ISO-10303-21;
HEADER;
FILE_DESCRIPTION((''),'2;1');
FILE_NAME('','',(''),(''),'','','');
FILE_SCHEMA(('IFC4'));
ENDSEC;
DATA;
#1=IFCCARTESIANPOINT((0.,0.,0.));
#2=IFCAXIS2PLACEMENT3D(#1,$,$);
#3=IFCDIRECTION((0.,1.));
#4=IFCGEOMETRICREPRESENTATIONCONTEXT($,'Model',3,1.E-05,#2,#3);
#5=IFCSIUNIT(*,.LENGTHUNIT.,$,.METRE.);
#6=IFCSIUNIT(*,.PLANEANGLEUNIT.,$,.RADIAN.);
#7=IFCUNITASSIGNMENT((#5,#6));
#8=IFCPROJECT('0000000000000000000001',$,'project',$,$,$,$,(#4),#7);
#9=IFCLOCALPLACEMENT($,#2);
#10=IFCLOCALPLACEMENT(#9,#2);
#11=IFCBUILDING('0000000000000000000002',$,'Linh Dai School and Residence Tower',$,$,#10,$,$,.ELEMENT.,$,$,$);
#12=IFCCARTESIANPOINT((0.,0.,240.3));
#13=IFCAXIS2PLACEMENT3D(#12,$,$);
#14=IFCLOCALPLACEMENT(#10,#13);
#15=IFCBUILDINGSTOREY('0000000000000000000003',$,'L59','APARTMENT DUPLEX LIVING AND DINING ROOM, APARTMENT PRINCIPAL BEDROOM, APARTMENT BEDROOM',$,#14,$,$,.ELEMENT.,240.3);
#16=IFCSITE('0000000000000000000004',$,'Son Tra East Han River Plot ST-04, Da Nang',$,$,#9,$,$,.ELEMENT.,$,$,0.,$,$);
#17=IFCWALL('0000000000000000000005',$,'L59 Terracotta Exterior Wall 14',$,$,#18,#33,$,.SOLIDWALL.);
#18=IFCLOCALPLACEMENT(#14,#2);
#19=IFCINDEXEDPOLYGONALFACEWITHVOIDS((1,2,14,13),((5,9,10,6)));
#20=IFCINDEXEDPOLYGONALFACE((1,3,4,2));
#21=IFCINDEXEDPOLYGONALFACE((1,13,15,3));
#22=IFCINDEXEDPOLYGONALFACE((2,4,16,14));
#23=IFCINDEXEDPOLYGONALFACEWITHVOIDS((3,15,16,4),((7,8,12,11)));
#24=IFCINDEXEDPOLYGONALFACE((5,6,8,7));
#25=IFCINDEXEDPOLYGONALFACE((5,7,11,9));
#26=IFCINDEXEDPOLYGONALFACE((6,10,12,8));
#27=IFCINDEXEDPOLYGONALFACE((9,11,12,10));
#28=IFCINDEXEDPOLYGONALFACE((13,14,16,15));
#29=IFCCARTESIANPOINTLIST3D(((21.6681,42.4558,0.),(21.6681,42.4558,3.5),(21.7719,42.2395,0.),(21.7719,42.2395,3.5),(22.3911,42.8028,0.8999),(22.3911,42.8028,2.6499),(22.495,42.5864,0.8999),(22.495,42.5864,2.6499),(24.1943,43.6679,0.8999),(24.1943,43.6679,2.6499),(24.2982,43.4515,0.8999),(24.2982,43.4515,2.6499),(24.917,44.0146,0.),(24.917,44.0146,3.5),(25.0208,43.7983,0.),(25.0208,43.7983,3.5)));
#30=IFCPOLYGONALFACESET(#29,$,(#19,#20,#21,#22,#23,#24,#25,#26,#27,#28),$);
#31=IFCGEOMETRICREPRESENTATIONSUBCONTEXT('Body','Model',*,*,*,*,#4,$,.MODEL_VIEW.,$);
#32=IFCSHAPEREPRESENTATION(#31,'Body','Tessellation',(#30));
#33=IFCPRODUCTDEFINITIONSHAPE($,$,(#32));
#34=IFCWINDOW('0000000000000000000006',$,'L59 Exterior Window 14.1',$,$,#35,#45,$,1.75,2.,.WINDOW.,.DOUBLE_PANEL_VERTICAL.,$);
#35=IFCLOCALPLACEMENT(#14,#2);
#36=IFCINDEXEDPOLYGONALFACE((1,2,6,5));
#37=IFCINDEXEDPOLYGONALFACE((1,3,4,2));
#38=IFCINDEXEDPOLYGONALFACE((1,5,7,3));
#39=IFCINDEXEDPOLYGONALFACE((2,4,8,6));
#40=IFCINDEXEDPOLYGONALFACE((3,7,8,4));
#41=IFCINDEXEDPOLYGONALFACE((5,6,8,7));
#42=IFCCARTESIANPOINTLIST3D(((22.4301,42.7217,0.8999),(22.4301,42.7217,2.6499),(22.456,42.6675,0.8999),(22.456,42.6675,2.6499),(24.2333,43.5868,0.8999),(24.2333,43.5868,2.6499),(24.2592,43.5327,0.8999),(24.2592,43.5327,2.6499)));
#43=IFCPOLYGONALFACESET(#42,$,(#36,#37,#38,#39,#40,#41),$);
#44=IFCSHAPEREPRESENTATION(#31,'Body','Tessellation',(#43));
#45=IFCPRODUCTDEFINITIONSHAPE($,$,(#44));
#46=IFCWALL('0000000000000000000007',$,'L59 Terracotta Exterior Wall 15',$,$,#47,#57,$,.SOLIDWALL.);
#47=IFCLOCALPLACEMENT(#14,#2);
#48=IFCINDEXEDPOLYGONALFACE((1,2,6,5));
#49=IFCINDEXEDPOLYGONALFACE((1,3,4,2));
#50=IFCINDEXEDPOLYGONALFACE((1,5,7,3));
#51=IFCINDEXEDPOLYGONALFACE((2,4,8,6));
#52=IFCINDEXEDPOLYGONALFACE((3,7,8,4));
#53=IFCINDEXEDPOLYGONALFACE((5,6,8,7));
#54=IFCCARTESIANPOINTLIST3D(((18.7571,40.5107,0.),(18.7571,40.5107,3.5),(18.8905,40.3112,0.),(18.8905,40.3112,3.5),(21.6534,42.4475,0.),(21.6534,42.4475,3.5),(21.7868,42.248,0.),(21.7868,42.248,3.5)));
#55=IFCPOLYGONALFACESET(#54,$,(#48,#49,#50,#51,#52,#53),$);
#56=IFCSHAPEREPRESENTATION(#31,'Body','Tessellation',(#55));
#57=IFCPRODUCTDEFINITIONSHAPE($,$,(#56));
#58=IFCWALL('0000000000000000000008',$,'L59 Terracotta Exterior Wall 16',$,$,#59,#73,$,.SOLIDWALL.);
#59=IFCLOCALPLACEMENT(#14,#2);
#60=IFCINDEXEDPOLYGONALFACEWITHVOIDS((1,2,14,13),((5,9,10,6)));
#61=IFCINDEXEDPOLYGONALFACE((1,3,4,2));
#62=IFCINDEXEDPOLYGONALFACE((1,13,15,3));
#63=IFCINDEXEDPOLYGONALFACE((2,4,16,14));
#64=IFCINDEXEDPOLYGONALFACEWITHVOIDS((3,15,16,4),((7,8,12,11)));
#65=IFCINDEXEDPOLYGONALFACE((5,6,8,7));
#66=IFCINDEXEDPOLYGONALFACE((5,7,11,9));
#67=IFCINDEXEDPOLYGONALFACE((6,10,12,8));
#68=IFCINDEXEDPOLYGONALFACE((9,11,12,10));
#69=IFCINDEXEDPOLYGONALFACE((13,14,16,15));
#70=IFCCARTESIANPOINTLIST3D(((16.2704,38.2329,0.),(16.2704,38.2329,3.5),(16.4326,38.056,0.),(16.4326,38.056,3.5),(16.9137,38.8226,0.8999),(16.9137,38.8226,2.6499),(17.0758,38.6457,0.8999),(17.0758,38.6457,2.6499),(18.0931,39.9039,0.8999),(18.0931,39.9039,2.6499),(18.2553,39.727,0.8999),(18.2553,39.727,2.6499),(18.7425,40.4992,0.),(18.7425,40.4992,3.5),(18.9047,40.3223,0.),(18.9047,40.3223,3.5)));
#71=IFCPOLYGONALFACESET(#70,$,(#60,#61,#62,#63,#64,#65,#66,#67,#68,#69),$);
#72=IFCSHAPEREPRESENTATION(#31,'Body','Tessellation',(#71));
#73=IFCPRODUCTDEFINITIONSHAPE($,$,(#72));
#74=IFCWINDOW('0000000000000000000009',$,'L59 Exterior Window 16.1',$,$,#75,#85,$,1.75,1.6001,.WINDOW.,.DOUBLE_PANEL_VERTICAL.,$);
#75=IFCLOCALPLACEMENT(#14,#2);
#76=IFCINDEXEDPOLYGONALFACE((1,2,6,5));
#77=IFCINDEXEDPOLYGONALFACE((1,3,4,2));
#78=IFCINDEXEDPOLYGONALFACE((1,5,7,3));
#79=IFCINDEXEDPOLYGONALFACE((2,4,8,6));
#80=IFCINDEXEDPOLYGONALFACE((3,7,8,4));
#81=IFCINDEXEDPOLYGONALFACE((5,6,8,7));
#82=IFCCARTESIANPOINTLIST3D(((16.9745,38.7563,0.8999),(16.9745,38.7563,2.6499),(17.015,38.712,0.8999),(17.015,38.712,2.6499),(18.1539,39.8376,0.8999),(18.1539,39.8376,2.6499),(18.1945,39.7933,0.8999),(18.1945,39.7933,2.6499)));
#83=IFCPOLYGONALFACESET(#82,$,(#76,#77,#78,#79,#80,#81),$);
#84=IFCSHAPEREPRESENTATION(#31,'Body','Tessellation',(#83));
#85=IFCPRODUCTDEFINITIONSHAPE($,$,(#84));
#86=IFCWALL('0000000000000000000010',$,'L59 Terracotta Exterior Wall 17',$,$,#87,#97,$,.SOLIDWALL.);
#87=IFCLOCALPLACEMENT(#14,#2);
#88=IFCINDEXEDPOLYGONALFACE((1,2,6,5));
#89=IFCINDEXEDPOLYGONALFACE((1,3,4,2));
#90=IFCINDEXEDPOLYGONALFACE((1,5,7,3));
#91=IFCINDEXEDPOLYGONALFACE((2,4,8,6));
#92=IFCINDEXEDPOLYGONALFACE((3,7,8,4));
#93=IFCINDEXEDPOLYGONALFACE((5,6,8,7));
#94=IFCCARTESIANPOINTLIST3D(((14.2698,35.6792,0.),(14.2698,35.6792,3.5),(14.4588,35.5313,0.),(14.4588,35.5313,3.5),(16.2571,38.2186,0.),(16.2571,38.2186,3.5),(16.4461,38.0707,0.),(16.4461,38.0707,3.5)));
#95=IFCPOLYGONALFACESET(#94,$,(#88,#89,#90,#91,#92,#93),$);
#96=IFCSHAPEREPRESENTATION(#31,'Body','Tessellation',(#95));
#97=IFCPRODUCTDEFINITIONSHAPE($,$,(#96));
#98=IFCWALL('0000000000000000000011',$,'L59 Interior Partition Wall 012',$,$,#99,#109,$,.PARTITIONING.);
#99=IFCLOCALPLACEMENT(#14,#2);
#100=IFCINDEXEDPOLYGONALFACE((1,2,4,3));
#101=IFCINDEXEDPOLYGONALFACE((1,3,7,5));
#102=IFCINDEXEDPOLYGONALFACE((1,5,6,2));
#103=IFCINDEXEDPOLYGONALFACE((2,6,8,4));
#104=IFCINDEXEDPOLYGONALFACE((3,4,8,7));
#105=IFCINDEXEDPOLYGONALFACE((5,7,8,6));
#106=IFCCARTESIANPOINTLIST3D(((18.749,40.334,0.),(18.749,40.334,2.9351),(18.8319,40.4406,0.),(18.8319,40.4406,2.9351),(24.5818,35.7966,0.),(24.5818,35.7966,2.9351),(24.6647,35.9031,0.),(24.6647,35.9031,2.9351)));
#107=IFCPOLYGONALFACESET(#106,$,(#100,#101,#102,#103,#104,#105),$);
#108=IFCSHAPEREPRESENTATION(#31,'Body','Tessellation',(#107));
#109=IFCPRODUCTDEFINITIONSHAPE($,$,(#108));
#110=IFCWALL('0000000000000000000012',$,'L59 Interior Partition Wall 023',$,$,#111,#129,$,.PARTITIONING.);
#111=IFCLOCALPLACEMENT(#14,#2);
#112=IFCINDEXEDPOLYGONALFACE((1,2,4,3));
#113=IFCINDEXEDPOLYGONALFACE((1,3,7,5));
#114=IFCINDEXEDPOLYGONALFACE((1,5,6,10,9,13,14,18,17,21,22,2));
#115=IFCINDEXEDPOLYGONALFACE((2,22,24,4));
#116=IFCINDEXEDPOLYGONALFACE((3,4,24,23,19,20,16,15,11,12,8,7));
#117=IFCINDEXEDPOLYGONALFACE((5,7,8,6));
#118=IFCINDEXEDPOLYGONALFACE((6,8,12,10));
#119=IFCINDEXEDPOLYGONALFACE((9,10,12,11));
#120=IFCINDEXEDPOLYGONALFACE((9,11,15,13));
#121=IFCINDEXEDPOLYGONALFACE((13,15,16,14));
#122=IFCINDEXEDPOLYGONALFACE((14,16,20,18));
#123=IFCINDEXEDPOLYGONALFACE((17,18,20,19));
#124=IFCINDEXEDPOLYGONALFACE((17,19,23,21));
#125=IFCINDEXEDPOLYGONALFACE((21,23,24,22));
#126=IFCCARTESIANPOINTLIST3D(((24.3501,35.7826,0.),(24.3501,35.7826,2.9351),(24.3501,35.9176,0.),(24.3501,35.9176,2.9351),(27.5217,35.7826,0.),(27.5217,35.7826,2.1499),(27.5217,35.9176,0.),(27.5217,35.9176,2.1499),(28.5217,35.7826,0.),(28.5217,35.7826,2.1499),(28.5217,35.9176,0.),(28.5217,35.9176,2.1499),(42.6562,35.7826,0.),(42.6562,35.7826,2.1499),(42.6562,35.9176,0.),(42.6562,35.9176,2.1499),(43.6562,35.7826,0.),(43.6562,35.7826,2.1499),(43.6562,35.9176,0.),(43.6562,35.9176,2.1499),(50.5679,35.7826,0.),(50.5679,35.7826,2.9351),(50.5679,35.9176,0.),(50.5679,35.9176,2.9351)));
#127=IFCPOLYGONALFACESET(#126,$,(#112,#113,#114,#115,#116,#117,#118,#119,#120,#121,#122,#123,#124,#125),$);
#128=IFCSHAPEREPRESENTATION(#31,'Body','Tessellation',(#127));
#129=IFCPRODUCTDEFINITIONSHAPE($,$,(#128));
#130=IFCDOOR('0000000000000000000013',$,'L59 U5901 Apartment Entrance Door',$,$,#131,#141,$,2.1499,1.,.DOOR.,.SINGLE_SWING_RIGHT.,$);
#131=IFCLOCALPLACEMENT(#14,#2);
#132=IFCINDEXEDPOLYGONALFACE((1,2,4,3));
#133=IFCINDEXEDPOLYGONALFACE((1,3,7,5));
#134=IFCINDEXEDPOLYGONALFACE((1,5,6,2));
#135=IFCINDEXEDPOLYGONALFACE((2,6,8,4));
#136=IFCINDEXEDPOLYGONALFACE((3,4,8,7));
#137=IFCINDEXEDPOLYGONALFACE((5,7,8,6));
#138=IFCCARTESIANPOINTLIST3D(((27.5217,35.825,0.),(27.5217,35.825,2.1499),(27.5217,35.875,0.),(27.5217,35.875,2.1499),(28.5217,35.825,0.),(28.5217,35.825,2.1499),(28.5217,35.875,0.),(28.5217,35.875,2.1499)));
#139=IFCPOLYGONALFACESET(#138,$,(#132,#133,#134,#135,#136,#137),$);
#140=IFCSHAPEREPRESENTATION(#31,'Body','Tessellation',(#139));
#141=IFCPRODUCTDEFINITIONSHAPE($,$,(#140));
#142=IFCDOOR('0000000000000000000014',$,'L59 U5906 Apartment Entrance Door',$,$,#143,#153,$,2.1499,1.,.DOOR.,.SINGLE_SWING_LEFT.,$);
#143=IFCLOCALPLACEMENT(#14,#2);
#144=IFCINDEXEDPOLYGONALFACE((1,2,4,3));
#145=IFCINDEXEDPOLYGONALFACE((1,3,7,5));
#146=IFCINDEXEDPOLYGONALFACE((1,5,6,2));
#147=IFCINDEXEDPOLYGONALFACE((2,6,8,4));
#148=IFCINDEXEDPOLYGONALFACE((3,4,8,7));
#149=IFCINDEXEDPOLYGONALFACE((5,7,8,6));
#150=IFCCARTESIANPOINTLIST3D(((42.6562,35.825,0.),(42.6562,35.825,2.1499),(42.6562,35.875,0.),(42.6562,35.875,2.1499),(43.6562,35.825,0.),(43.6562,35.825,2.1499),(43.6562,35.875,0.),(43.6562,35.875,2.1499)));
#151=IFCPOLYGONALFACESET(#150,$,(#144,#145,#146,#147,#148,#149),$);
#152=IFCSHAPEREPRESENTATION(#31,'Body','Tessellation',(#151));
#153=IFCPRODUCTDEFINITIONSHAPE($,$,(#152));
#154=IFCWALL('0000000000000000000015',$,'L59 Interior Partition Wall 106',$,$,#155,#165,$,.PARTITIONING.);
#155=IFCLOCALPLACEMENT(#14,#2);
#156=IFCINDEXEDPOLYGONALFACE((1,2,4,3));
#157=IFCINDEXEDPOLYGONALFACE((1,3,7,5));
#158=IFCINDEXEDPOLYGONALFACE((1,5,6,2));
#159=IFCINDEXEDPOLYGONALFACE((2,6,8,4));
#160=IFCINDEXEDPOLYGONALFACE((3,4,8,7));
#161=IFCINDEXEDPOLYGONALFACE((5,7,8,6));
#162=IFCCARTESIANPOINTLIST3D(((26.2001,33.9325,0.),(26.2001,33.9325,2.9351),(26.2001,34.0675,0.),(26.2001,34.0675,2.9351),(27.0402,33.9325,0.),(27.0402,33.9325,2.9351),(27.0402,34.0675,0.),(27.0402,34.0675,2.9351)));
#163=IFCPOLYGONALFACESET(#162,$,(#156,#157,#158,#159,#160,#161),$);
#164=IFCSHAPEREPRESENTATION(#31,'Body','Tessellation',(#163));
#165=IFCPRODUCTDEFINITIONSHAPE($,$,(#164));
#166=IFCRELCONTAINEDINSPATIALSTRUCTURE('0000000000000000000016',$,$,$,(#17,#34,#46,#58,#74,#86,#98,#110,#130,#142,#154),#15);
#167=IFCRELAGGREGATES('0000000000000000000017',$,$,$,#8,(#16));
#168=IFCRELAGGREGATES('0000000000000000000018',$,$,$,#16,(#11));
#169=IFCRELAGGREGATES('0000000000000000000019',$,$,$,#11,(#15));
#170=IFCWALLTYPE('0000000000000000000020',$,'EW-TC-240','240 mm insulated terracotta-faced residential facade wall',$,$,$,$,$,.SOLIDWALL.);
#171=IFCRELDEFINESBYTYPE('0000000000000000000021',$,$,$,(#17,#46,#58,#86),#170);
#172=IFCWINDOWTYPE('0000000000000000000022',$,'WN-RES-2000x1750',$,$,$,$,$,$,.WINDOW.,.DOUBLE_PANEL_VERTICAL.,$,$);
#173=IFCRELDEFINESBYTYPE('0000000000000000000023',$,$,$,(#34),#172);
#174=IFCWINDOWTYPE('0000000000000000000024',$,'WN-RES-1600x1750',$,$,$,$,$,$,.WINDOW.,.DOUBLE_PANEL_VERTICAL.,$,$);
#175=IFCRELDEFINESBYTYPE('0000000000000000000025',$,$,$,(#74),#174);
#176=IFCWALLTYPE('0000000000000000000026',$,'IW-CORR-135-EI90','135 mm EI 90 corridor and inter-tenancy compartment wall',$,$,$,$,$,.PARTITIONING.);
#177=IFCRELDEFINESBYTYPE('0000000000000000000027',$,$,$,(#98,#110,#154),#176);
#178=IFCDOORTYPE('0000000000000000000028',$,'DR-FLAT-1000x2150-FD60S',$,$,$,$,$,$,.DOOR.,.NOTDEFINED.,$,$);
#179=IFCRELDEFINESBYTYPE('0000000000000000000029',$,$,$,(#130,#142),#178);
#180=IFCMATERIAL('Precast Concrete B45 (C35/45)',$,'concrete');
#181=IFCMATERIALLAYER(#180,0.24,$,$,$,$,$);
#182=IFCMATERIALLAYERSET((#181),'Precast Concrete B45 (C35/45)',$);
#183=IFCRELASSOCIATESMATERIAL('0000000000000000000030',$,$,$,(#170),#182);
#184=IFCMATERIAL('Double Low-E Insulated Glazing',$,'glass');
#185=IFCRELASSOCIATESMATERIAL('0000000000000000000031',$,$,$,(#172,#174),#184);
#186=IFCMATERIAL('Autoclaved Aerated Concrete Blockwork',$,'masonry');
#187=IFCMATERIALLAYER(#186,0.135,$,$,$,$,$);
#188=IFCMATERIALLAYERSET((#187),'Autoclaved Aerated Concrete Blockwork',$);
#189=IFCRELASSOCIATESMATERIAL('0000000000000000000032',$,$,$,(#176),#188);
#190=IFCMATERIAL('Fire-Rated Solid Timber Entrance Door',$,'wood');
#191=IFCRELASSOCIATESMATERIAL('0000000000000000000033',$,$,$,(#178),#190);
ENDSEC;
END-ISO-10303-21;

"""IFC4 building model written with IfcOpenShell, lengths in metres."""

from ifc_helpers import new_model, si_unit, direction, frame, frame_2d, origin, origin_2d, place, context, subcontext, project, spatial, rectangle, extrude, source, transform, mapped, material, layer, layer_set, type_object, element, fill, save


model = new_model("IFC4")

# Units and contexts
model_context = context("Model", 3, precision=1e-05, world=origin(), true_north=direction((0.0, 1.0)))
body_context = subcontext(model_context, "Body", "Model", "MODEL_VIEW")
ifc_project = project(units=[si_unit("LENGTHUNIT", "METRE"), si_unit("PLANEANGLEUNIT", "RADIAN")], contexts=[model_context])

# Site, building, storey
site_placement = place(None, origin())
site = spatial("IfcSite", under=ifc_project, at=site_placement, Name="Son Tra East Han River Plot ST-04, Da Nang", CompositionType="ELEMENT", RefElevation=0.0)
building_placement = place(site_placement, origin())
building = spatial("IfcBuilding", under=site, at=building_placement, Name="Linh Dai School and Residence Tower", CompositionType="ELEMENT")
storey_placement = place(building_placement, frame((0.0, 0.0, 240.3)))
storey = spatial("IfcBuildingStorey", under=building, at=storey_placement, Name="L59", Description="APARTMENT DUPLEX LIVING AND DINING ROOM, APARTMENT PRINCIPAL BEDROOM, APARTMENT BEDROOM", CompositionType="ELEMENT", Elevation=240.3)

# Shared definitions
ifc_material_1 = material(Name="Precast Concrete B45 (C35/45)", Category="concrete")

# Shared definitions
ifc_layer_1 = layer(ifc_material_1, 0.24)
ifc_layer_set_1 = layer_set([ifc_layer_1], Name="Precast Concrete B45 (C35/45)")
wall_type_1 = type_object("IfcWallType", Name="EW-TC-240", Description="240 mm insulated terracotta-faced residential facade wall", PredefinedType="SOLIDWALL", material=ifc_layer_set_1)

# Wall, opening, window
wall_1_placement = place(storey_placement, frame((21.72, 42.3477, 0.0), z_axis=(0.0, 0.0, 1.0), x_axis=(0.901598, 0.432575, 0.0)))
wall_1 = element("IfcWall", 1, at=wall_1_placement, inside=storey, type_object=wall_type_1, Name="L59 Terracotta Exterior Wall 14", PredefinedType="SOLIDWALL", context=body_context, shape_type="SweptSolid", body=[
    extrude(rectangle(XDim=3.6035, YDim=0.24, at=frame_2d((1.8018, 0.0))), origin(), (0.0, 0.0, 1.0), 3.5),
])
opening_1_placement = place(wall_1_placement, frame((0.802, 0.0, 0.8999)))
opening_1 = element("IfcOpeningElement", 2, at=opening_1_placement, cuts=wall_1, PredefinedType="OPENING", context=body_context, shape_type="SweptSolid", body=[
    extrude(rectangle(XDim=2.0, YDim=1.75, at=origin_2d()), frame((1.0, 0.1299, 0.875), z_axis=(0.0, -1.0, 0.0), x_axis=(1.0, 0.0, 0.0)), (0.0, 0.0, 1.0), 0.26),
])
ifc_material_2 = material(Name="Double Low-E Insulated Glazing", Category="glass")
window_type_1 = type_object("IfcWindowType", Name="WN-RES-2000x1750", PartitioningType="DOUBLE_PANEL_VERTICAL", PredefinedType="WINDOW", material=ifc_material_2)
shared_shape_1 = source(origin(), body_context, "Body", "SweptSolid", [
    extrude(rectangle(XDim=2.0, YDim=1.75, at=origin_2d()), frame((1.0, 0.03, 0.875), z_axis=(0.0, -1.0, 0.0), x_axis=(1.0, 0.0, 0.0)), (0.0, 0.0, 1.0), 0.0601),
])
window_1_placement = place(opening_1_placement, origin())
window_1 = element("IfcWindow", 3, at=window_1_placement, inside=storey, type_object=window_type_1, Name="L59 Exterior Window 14.1", OverallHeight=1.75, OverallWidth=2.0, PartitioningType="DOUBLE_PANEL_VERTICAL", PredefinedType="WINDOW", context=body_context, shape_type="MappedRepresentation", body=[
    mapped(shared_shape_1, transform((0.0, 0.0, 0.0), x_axis=(1.0, 0.0, 0.0), y_axis=(0.0, 1.0, 0.0), z_axis=(0.0, 0.0, 1.0), scale=1.0)),
])
fill(opening_1, window_1)

# Wall
wall_2_placement = place(storey_placement, frame((18.8237, 40.4109, 0.0), z_axis=(0.0, 0.0, 1.0), x_axis=(0.831262, 0.55588, 0.0)))
element("IfcWall", 4, at=wall_2_placement, inside=storey, type_object=wall_type_1, Name="L59 Terracotta Exterior Wall 15", PredefinedType="SOLIDWALL", context=body_context, shape_type="SweptSolid", body=[
    extrude(rectangle(XDim=3.4841, YDim=0.24, at=frame_2d((1.7422, 0.0))), origin(), (0.0, 0.0, 1.0), 3.5),
])

# Wall, opening, window
wall_3_placement = place(storey_placement, frame((16.3516, 38.1445, 0.0), z_axis=(0.0, 0.0, 1.0), x_axis=(0.737124, 0.675758, 0.0)))
wall_3 = element("IfcWall", 5, at=wall_3_placement, inside=storey, type_object=wall_type_1, Name="L59 Terracotta Exterior Wall 16", PredefinedType="SOLIDWALL", context=body_context, shape_type="SweptSolid", body=[
    extrude(rectangle(XDim=3.3538, YDim=0.24, at=frame_2d((1.6768, 0.0))), origin(), (0.0, 0.0, 1.0), 3.5),
])
opening_2_placement = place(wall_3_placement, frame((0.8726, 0.0, 0.8999)))
opening_2 = element("IfcOpeningElement", 6, at=opening_2_placement, cuts=wall_3, PredefinedType="OPENING", context=body_context, shape_type="SweptSolid", body=[
    extrude(rectangle(XDim=1.6001, YDim=1.75, at=origin_2d()), frame((0.8, 0.1299, 0.875), z_axis=(0.0, -1.0, 0.0), x_axis=(1.0, 0.0, 0.0)), (0.0, 0.0, 1.0), 0.26),
])
window_type_2 = type_object("IfcWindowType", Name="WN-RES-1600x1750", PartitioningType="DOUBLE_PANEL_VERTICAL", PredefinedType="WINDOW", material=ifc_material_2)
shared_shape_2 = source(origin(), body_context, "Body", "SweptSolid", [
    extrude(rectangle(XDim=1.6001, YDim=1.75, at=origin_2d()), frame((0.8, 0.03, 0.875), z_axis=(0.0, -1.0, 0.0), x_axis=(1.0, 0.0, 0.0)), (0.0, 0.0, 1.0), 0.0601),
])
window_2_placement = place(opening_2_placement, origin())
window_2 = element("IfcWindow", 7, at=window_2_placement, inside=storey, type_object=window_type_2, Name="L59 Exterior Window 16.1", OverallHeight=1.75, OverallWidth=1.6001, PartitioningType="DOUBLE_PANEL_VERTICAL", PredefinedType="WINDOW", context=body_context, shape_type="MappedRepresentation", body=[
    mapped(shared_shape_2, transform((0.0, 0.0, 0.0), x_axis=(1.0, 0.0, 0.0), y_axis=(0.0, 1.0, 0.0), z_axis=(0.0, 0.0, 1.0), scale=1.0)),
])
fill(opening_2, window_2)

# Walls
wall_4_placement = place(storey_placement, frame((14.3643, 35.6052, 0.0), z_axis=(0.0, 0.0, 1.0), x_axis=(0.616312, 0.787502, 0.0)))
element("IfcWall", 8, at=wall_4_placement, inside=storey, type_object=wall_type_1, Name="L59 Terracotta Exterior Wall 17", PredefinedType="SOLIDWALL", context=body_context, shape_type="SweptSolid", body=[
    extrude(rectangle(XDim=3.2246, YDim=0.24, at=frame_2d((1.6123, 0.0))), origin(), (0.0, 0.0, 1.0), 3.5),
])
ifc_material_3 = material(Name="Autoclaved Aerated Concrete Blockwork", Category="masonry")
ifc_layer_2 = layer(ifc_material_3, 0.135)
ifc_layer_set_2 = layer_set([ifc_layer_2], Name="Autoclaved Aerated Concrete Blockwork")
wall_type_2 = type_object("IfcWallType", Name="IW-CORR-135-EI90", Description="135 mm EI 90 corridor and inter-tenancy compartment wall", PredefinedType="PARTITIONING", material=ifc_layer_set_2)
wall_5_placement = place(storey_placement, frame((18.7905, 40.3872, 0.0), z_axis=(0.0, 0.0, 1.0), x_axis=(0.789302, -0.614005, 0.0)))
element("IfcWall", 9, at=wall_5_placement, inside=storey, type_object=wall_type_2, Name="L59 Interior Partition Wall 012", PredefinedType="PARTITIONING", context=body_context, shape_type="SweptSolid", body=[
    extrude(rectangle(XDim=7.3899, YDim=0.135, at=frame_2d((3.6948, 0.0))), origin(), (0.0, 0.0, 1.0), 2.9351),
])

# Wall, openings, doors
wall_6_placement = place(storey_placement, frame((24.3501, 35.8501, 0.0), z_axis=(0.0, 0.0, 1.0), x_axis=(1.0, 0.0, 0.0)))
wall_6 = element("IfcWall", 10, at=wall_6_placement, inside=storey, type_object=wall_type_2, Name="L59 Interior Partition Wall 023", PredefinedType="PARTITIONING", context=body_context, shape_type="SweptSolid", body=[
    extrude(rectangle(XDim=26.2178, YDim=0.135, at=frame_2d((13.1089, 0.0))), origin(), (0.0, 0.0, 1.0), 2.9351),
])
opening_3_placement = place(wall_6_placement, frame((3.1716, 0.0, 0.0)))
opening_3 = element("IfcOpeningElement", 11, at=opening_3_placement, cuts=wall_6, PredefinedType="OPENING", context=body_context, shape_type="SweptSolid", body=[
    extrude(rectangle(XDim=1.0, YDim=2.1499, at=origin_2d()), frame((0.5, 0.0776, 1.075), z_axis=(0.0, -1.0, 0.0), x_axis=(1.0, 0.0, 0.0)), (0.0, 0.0, 1.0), 0.155),
])
opening_4_placement = place(wall_6_placement, frame((18.3062, 0.0, 0.0)))
opening_4 = element("IfcOpeningElement", 12, at=opening_4_placement, cuts=wall_6, PredefinedType="OPENING", context=body_context, shape_type="SweptSolid", body=[
    extrude(rectangle(XDim=1.0, YDim=2.1499, at=origin_2d()), frame((0.5, 0.0776, 1.075), z_axis=(0.0, -1.0, 0.0), x_axis=(1.0, 0.0, 0.0)), (0.0, 0.0, 1.0), 0.155),
])
ifc_material_4 = material(Name="Fire-Rated Solid Timber Entrance Door", Category="wood")
door_type_1 = type_object("IfcDoorType", Name="DR-FLAT-1000x2150-FD60S", OperationType="NOTDEFINED", PredefinedType="DOOR", material=ifc_material_4)
shared_shape_3 = source(origin(), body_context, "Body", "SweptSolid", [
    extrude(rectangle(XDim=1.0, YDim=2.1499, at=origin_2d()), frame((0.5, 0.0249, 1.075), z_axis=(0.0, -1.0, 0.0), x_axis=(1.0, 0.0, 0.0)), (0.0, 0.0, 1.0), 0.05),
])
door_1_placement = place(opening_3_placement, origin())
door_1 = element("IfcDoor", 13, at=door_1_placement, inside=storey, type_object=door_type_1, Name="L59 U5901 Apartment Entrance Door", OperationType="SINGLE_SWING_RIGHT", OverallHeight=2.1499, OverallWidth=1.0, PredefinedType="DOOR", context=body_context, shape_type="MappedRepresentation", body=[
    mapped(shared_shape_3, transform((0.0, 0.0, 0.0), x_axis=(1.0, 0.0, 0.0), y_axis=(0.0, 1.0, 0.0), z_axis=(0.0, 0.0, 1.0), scale=1.0)),
])
fill(opening_3, door_1)
door_2_placement = place(opening_4_placement, origin())
door_2 = element("IfcDoor", 14, at=door_2_placement, inside=storey, type_object=door_type_1, Name="L59 U5906 Apartment Entrance Door", OperationType="SINGLE_SWING_LEFT", OverallHeight=2.1499, OverallWidth=1.0, PredefinedType="DOOR", context=body_context, shape_type="MappedRepresentation", body=[
    mapped(shared_shape_3, transform((0.0, 0.0, 0.0), x_axis=(1.0, 0.0, 0.0), y_axis=(0.0, 1.0, 0.0), z_axis=(0.0, 0.0, 1.0), scale=1.0)),
])
fill(opening_4, door_2)

# Wall
wall_7_placement = place(storey_placement, frame((27.04, 34.0, 0.0), z_axis=(0.0, 0.0, 1.0), x_axis=(-1.0, 0.0, 0.0)))
element("IfcWall", 15, at=wall_7_placement, inside=storey, type_object=wall_type_2, Name="L59 Interior Partition Wall 106", PredefinedType="PARTITIONING", context=body_context, shape_type="SweptSolid", body=[
    extrude(rectangle(XDim=0.8401, YDim=0.135, at=frame_2d((0.4199, 0.0))), origin(), (0.0, 0.0, 1.0), 2.9351),
])

save(model, "model.ifc")
